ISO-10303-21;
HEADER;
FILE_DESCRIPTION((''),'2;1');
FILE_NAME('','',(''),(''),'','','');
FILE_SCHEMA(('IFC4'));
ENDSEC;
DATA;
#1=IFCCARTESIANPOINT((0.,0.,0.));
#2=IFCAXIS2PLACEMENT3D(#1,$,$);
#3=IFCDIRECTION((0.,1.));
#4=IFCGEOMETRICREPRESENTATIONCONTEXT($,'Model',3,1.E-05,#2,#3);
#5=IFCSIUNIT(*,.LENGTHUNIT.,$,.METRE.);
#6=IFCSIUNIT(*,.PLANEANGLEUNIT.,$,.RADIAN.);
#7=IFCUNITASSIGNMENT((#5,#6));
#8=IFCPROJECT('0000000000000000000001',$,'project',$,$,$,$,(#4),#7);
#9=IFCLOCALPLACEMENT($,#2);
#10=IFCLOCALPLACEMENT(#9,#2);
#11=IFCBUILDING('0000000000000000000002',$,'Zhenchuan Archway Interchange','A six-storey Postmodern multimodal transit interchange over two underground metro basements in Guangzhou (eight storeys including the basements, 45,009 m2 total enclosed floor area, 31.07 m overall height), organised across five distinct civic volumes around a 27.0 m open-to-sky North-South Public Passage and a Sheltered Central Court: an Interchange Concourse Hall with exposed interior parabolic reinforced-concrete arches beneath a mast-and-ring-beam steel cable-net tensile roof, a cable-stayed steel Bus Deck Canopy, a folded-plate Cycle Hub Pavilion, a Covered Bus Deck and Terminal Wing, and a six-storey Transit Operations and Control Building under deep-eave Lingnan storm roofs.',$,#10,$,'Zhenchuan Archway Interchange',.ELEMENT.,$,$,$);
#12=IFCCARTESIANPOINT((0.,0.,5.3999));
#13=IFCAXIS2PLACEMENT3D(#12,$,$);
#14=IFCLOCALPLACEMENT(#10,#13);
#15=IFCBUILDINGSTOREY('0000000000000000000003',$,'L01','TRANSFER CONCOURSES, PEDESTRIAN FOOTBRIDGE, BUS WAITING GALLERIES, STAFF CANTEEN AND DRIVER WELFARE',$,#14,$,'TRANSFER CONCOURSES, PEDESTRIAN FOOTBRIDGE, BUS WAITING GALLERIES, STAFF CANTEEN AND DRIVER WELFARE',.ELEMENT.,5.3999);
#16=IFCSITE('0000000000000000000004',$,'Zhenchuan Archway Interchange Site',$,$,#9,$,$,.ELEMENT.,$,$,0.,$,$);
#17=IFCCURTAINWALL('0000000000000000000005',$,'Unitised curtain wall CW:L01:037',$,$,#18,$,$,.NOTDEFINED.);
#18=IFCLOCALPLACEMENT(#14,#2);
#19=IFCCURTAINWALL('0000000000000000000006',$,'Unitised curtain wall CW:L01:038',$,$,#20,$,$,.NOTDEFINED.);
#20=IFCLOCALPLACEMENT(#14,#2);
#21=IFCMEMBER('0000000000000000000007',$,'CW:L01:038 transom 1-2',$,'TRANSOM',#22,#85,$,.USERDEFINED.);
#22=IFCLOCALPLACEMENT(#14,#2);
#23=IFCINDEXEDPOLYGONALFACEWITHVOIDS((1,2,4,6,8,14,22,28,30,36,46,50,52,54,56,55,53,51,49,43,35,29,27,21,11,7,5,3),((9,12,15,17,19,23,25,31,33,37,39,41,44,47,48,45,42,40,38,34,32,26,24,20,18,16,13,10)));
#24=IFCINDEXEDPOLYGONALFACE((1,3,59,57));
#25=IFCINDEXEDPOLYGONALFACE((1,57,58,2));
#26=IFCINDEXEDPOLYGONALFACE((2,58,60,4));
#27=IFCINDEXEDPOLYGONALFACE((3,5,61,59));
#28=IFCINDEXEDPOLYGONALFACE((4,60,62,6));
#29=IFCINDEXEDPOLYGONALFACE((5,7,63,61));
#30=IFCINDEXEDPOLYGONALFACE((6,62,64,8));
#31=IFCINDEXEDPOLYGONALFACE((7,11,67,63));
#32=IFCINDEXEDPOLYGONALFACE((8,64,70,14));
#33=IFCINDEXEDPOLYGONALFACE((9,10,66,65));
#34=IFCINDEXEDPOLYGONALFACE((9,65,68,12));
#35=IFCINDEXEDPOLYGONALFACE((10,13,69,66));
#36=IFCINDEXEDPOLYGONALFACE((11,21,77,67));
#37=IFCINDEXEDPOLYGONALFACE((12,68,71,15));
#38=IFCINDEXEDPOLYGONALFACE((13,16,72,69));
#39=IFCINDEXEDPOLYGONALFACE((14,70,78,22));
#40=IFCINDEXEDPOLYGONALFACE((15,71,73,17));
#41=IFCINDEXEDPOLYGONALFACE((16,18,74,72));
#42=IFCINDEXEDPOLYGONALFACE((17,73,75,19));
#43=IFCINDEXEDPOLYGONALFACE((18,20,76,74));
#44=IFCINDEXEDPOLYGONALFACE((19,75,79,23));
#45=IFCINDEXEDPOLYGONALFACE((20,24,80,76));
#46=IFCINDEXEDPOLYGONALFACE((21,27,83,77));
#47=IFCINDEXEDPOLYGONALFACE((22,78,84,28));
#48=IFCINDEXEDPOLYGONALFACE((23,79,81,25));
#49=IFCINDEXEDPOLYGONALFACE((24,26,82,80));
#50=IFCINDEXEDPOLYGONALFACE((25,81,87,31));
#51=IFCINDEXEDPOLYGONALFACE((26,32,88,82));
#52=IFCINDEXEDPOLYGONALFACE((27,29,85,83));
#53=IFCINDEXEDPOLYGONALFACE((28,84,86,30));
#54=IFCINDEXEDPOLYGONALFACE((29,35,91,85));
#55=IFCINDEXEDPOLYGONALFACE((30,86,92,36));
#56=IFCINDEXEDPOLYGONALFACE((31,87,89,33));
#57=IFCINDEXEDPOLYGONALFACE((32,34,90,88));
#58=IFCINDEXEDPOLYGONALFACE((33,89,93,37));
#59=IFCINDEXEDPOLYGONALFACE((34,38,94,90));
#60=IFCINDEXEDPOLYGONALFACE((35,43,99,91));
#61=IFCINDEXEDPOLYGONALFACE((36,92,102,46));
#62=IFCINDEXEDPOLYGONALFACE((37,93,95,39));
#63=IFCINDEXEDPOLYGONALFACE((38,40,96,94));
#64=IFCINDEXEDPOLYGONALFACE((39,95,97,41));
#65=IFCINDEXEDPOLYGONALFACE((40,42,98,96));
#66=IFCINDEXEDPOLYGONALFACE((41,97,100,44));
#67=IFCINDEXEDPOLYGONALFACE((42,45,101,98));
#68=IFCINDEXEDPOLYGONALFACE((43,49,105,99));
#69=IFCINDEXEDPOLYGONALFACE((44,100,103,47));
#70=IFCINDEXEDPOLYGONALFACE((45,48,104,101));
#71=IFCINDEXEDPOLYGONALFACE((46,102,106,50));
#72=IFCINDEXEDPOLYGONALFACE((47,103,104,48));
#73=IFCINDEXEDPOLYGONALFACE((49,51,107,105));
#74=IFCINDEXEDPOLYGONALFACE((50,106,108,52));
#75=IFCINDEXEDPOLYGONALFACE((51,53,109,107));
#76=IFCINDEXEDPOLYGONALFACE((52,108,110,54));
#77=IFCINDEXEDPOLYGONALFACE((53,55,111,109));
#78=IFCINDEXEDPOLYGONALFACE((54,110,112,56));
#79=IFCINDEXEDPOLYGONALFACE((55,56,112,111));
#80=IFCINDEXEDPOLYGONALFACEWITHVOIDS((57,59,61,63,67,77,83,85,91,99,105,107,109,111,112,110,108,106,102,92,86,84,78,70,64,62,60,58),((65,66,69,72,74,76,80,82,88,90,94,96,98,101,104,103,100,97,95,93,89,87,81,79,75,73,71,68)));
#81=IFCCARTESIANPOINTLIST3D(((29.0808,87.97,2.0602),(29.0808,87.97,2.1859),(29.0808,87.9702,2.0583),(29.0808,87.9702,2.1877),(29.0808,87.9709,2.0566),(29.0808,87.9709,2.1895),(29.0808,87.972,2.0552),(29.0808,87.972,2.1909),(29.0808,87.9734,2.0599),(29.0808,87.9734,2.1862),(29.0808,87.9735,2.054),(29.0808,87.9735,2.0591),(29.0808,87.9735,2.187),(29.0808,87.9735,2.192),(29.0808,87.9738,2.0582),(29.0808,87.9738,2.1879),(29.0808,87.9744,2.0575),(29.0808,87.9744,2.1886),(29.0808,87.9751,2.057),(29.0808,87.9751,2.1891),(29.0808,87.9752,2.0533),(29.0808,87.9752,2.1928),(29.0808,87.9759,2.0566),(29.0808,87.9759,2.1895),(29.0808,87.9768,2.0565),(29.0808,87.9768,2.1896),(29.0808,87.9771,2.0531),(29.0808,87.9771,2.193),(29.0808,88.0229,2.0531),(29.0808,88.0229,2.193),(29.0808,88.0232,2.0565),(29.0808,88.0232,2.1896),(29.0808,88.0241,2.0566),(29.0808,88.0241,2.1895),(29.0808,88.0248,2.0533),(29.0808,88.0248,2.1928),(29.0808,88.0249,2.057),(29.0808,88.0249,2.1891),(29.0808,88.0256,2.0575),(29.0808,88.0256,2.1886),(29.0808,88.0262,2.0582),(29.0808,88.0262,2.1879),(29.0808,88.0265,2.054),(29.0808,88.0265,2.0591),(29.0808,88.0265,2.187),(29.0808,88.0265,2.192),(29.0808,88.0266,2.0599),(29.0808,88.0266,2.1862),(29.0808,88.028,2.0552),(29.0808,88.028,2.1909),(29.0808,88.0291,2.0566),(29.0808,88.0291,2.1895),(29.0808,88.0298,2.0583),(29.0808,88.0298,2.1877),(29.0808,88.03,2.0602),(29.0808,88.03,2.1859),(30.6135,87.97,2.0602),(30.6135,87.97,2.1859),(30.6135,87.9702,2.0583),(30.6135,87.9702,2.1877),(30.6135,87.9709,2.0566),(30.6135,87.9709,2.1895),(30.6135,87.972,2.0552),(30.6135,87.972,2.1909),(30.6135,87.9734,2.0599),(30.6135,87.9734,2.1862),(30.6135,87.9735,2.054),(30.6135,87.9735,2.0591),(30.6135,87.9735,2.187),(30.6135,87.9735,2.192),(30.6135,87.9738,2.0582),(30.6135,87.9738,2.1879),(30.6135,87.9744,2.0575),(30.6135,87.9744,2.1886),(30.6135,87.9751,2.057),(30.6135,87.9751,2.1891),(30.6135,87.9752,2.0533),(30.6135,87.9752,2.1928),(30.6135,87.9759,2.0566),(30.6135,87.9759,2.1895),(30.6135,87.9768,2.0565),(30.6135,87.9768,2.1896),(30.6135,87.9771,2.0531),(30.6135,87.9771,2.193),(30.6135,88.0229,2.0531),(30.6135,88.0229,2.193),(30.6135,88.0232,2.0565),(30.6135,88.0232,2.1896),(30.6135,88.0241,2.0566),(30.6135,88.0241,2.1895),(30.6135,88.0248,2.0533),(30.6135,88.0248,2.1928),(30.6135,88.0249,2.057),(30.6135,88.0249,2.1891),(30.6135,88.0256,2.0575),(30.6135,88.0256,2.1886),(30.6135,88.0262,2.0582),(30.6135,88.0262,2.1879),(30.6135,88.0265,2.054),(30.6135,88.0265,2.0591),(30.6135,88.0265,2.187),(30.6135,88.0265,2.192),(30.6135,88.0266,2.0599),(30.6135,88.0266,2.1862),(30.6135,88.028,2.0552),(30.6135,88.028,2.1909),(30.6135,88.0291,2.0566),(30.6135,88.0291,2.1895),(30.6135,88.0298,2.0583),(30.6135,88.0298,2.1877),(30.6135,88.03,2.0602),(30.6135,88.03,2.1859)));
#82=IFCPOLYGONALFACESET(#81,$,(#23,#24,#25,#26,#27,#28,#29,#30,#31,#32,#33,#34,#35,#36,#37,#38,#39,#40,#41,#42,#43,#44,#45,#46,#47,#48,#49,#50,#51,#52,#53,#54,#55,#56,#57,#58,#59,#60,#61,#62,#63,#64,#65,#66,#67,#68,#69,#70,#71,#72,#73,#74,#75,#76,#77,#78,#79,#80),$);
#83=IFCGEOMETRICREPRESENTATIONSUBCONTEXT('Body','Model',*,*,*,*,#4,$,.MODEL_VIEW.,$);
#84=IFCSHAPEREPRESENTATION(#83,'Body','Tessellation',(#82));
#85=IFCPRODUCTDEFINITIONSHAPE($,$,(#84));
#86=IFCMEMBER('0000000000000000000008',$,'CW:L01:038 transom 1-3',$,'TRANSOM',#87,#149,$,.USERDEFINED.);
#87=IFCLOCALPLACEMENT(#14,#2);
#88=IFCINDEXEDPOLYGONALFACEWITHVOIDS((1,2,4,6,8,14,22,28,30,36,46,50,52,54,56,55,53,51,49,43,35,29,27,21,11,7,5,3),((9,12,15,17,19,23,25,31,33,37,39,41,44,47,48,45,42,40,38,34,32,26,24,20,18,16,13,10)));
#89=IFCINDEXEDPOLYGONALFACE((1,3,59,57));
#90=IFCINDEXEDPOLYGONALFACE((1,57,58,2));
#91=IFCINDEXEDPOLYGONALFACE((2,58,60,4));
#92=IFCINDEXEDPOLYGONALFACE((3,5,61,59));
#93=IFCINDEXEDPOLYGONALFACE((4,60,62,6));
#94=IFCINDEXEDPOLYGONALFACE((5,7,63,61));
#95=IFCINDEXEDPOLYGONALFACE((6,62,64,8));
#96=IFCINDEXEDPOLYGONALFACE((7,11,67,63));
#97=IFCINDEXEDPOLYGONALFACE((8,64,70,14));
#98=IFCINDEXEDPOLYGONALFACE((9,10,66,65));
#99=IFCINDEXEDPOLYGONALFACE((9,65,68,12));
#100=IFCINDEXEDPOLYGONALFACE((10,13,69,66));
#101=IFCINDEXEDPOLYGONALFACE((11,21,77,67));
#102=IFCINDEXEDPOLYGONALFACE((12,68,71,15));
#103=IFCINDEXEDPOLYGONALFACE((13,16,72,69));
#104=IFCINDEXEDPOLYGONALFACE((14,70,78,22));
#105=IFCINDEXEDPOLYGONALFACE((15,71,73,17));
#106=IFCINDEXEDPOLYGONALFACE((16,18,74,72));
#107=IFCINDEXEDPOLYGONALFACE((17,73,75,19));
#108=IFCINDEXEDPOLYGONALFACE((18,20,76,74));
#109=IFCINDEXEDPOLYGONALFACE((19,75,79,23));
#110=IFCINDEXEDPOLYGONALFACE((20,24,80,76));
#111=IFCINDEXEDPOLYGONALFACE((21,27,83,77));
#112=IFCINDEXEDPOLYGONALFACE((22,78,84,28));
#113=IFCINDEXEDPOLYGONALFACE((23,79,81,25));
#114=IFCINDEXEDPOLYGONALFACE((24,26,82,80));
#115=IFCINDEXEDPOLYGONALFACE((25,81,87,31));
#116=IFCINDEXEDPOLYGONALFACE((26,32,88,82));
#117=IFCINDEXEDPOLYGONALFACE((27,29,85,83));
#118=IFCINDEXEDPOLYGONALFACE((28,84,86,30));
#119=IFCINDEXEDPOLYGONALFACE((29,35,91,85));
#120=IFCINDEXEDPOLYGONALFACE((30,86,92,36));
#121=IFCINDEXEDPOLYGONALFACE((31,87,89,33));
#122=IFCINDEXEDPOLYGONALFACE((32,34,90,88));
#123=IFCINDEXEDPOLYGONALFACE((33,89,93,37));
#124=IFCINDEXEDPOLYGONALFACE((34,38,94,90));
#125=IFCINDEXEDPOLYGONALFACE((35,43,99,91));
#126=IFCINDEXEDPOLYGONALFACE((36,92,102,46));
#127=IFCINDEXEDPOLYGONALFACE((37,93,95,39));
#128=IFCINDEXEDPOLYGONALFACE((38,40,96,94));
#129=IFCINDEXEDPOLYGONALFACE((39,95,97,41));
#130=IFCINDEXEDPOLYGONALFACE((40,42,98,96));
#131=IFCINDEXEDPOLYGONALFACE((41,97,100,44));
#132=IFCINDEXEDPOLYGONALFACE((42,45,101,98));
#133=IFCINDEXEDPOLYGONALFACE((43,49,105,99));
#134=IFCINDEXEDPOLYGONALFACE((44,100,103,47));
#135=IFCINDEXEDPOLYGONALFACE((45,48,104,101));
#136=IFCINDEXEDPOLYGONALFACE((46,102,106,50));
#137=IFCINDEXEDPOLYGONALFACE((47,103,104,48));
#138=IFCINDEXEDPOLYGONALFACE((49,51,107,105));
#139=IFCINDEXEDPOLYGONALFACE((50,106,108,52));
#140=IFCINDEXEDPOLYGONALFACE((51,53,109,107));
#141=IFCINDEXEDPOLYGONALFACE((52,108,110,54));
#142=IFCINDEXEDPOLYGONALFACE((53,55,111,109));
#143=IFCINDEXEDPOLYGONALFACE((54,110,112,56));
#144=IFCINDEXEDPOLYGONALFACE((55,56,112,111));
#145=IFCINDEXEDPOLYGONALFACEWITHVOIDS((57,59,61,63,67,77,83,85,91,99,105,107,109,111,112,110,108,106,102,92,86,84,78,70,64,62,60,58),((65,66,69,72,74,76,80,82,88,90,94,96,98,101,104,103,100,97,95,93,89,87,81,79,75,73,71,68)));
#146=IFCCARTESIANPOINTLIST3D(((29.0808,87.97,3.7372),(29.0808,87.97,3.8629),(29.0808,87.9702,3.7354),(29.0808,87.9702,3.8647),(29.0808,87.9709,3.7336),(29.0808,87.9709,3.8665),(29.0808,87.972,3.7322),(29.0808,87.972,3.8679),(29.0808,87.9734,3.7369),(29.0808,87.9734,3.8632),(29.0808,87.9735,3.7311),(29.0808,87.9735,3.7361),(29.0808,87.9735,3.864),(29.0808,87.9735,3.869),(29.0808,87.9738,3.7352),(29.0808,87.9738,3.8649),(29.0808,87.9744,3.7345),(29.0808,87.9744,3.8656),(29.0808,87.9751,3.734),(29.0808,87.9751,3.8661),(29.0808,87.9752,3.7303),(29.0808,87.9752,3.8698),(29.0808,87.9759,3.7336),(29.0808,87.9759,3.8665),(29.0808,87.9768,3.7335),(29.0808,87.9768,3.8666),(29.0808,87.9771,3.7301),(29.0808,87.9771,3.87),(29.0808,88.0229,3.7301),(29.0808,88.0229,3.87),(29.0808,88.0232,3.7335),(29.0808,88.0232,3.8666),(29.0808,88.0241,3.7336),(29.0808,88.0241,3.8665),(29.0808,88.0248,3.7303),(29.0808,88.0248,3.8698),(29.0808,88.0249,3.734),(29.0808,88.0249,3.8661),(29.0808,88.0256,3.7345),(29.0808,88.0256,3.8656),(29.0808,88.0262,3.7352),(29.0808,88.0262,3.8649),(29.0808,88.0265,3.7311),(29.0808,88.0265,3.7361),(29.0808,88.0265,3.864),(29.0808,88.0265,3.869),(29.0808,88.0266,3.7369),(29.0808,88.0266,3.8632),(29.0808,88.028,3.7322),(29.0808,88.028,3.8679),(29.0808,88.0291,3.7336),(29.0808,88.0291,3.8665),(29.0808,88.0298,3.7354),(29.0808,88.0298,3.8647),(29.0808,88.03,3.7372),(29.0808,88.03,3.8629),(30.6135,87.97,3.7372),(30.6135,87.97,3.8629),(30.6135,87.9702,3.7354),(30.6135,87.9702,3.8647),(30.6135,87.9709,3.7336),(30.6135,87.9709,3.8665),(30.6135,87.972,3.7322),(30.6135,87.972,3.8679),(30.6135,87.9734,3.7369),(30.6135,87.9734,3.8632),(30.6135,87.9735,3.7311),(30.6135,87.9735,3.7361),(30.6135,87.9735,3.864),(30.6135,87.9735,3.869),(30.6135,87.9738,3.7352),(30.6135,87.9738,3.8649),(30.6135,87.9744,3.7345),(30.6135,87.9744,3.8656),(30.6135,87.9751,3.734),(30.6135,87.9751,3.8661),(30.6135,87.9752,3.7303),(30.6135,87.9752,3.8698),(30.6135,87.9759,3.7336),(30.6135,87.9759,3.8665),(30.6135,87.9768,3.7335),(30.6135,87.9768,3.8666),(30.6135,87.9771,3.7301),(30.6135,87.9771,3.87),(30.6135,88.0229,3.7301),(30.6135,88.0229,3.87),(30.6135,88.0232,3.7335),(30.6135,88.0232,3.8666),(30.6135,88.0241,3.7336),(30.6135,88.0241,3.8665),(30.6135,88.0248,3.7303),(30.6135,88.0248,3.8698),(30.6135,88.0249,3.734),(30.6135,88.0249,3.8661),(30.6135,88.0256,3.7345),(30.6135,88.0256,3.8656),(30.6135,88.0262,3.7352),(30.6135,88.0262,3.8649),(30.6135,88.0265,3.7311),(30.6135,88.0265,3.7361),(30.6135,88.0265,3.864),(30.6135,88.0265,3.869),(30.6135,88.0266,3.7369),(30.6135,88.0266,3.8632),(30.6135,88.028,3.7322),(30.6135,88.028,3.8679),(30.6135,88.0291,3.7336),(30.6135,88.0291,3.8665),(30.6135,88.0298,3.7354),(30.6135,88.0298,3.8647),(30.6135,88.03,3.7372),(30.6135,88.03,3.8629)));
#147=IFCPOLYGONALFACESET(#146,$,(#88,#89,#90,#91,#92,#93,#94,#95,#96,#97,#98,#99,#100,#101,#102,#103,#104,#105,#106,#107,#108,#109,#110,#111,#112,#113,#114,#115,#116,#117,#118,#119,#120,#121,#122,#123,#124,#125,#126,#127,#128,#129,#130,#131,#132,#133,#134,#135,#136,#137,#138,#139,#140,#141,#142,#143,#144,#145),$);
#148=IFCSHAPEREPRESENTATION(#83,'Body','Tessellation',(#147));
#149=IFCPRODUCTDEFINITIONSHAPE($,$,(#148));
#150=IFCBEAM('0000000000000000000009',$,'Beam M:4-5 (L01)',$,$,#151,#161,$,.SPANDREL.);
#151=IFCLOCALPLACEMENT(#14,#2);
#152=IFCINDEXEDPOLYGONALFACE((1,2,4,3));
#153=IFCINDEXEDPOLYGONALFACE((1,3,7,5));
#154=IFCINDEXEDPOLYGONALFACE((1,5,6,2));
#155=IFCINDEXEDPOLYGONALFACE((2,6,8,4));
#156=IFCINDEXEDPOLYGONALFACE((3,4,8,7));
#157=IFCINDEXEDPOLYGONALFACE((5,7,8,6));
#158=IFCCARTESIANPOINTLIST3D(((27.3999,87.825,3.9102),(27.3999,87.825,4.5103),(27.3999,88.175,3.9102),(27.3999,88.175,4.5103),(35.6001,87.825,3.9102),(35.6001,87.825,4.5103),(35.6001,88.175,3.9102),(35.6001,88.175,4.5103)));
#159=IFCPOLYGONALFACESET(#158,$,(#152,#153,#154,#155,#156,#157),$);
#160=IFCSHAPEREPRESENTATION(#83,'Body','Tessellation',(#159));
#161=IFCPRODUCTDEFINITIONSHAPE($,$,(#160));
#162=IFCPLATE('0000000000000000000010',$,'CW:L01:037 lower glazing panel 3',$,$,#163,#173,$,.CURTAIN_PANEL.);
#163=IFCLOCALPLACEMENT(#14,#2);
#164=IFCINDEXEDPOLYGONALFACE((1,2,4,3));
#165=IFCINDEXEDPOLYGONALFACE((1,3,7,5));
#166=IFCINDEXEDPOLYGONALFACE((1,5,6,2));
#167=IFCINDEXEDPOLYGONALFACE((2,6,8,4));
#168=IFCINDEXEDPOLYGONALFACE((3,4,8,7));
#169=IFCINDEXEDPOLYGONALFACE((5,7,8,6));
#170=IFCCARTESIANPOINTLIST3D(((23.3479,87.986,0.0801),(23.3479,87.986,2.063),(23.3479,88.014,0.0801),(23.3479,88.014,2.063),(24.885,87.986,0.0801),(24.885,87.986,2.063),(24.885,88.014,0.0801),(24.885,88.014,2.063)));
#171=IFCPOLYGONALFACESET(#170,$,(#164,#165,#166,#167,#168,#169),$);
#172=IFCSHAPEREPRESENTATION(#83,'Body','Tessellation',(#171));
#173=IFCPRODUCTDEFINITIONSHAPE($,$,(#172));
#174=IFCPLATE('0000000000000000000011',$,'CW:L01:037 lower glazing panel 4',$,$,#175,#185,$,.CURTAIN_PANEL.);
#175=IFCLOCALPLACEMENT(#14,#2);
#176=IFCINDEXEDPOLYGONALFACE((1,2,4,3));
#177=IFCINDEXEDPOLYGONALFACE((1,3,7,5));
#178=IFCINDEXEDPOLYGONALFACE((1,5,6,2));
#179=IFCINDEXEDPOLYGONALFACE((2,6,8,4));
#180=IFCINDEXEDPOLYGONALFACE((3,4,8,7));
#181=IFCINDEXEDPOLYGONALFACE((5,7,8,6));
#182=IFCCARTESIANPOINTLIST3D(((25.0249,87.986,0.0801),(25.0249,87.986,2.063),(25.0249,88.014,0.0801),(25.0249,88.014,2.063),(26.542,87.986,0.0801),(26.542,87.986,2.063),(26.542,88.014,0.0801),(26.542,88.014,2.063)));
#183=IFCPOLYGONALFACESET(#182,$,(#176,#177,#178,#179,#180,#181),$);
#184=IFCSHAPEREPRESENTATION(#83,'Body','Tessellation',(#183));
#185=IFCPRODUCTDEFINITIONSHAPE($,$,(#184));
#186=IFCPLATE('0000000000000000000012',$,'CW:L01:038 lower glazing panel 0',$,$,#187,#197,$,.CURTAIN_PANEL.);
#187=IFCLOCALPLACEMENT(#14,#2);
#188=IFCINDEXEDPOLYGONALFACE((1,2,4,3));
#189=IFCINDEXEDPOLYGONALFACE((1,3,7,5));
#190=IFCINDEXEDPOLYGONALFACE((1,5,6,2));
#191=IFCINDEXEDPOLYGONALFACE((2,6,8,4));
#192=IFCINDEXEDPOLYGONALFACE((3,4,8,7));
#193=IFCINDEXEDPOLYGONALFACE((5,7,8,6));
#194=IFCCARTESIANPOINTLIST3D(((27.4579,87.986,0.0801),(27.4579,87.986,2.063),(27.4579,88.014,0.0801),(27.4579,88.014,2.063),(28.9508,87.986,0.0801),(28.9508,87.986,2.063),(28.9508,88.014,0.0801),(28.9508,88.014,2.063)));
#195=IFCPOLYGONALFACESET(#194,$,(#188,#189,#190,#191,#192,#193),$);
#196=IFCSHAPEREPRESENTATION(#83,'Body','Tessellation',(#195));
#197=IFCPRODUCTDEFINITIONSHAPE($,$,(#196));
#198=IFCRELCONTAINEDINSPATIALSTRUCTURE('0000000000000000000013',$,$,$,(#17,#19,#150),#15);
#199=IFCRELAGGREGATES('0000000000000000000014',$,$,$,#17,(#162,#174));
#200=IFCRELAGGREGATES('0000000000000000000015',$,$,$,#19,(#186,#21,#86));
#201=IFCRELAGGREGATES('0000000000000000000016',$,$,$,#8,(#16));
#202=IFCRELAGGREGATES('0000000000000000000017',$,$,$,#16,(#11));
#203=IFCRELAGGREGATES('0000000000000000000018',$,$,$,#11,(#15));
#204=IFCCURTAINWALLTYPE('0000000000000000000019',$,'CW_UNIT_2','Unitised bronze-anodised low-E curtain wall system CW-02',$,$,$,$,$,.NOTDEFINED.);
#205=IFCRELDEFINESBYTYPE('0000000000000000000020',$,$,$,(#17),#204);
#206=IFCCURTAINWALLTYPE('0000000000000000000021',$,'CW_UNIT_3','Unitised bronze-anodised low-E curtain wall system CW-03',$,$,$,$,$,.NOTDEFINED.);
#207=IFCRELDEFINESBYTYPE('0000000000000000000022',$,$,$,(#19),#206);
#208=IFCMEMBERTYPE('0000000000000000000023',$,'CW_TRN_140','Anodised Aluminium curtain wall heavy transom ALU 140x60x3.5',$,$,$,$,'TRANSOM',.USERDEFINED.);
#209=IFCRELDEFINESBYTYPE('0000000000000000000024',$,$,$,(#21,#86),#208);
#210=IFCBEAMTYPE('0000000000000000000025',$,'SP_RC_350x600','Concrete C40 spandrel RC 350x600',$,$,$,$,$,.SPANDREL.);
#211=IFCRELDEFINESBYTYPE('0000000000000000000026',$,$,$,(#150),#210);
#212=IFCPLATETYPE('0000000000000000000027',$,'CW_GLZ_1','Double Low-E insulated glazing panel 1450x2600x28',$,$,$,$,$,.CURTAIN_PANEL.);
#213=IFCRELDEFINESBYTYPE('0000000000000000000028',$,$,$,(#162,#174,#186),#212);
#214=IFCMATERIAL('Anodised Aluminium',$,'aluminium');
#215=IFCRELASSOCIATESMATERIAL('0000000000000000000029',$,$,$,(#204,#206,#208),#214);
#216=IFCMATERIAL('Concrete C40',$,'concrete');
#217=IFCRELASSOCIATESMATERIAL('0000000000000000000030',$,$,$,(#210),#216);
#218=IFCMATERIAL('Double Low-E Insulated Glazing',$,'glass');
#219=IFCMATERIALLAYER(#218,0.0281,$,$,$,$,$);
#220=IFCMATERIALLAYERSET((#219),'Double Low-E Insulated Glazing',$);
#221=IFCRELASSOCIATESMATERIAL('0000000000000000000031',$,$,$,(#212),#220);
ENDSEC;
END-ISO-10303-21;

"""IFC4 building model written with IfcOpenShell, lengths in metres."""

from ifc_helpers import new_model, si_unit, direction, frame, origin, origin_2d, place, context, subcontext, project, spatial, rectangle, hollow_rectangle, extrude, material, layer, layer_set, material_profile, profile_set, type_object, element, aggregate, save


model = new_model("IFC4")

# Units and contexts
model_context = context("Model", 3, precision=1e-05, world=origin(), true_north=direction((0.0, 1.0)))
body_context = subcontext(model_context, "Body", "Model", "MODEL_VIEW")
ifc_project = project(units=[si_unit("LENGTHUNIT", "METRE"), si_unit("PLANEANGLEUNIT", "RADIAN")], contexts=[model_context])

# Site, building, storey
site_placement = place(None, origin())
site = spatial("IfcSite", under=ifc_project, at=site_placement, Name="Zhenchuan Archway Interchange Site", CompositionType="ELEMENT", RefElevation=0.0)
building_placement = place(site_placement, origin())
building = spatial("IfcBuilding", under=site, at=building_placement, Name="Zhenchuan Archway Interchange", Description="A six-storey Postmodern multimodal transit interchange over two underground metro basements in Guangzhou (eight storeys including the basements, 45,009 m2 total enclosed floor area, 31.07 m overall height), organised across five distinct civic volumes around a 27.0 m open-to-sky North-South Public Passage and a Sheltered Central Court: an Interchange Concourse Hall with exposed interior parabolic reinforced-concrete arches beneath a mast-and-ring-beam steel cable-net tensile roof, a cable-stayed steel Bus Deck Canopy, a folded-plate Cycle Hub Pavilion, a Covered Bus Deck and Terminal Wing, and a six-storey Transit Operations and Control Building under deep-eave Lingnan storm roofs.", LongName="Zhenchuan Archway Interchange", CompositionType="ELEMENT")
storey_placement = place(building_placement, frame((0.0, 0.0, 5.3999)))
storey = spatial("IfcBuildingStorey", under=building, at=storey_placement, Name="L01", Description="TRANSFER CONCOURSES, PEDESTRIAN FOOTBRIDGE, BUS WAITING GALLERIES, STAFF CANTEEN AND DRIVER WELFARE", LongName="TRANSFER CONCOURSES, PEDESTRIAN FOOTBRIDGE, BUS WAITING GALLERIES, STAFF CANTEEN AND DRIVER WELFARE", CompositionType="ELEMENT", Elevation=5.3999)

# Shared definitions
ifc_material_1 = material(Name="Concrete C40", Category="concrete")

# Curtain walls
ifc_material_2 = material(Name="Anodised Aluminium", Category="aluminium")
curtain_wall_type_1 = type_object("IfcCurtainWallType", Name="CW_UNIT_2", Description="Unitised bronze-anodised low-E curtain wall system CW-02", PredefinedType="NOTDEFINED", material=ifc_material_2)
curtain_wall_1_placement = place(storey_placement, origin())
curtain_wall_1 = element("IfcCurtainWall", 1, at=curtain_wall_1_placement, inside=storey, type_object=curtain_wall_type_1, Name="Unitised curtain wall CW:L01:037", PredefinedType="NOTDEFINED")
curtain_wall_type_2 = type_object("IfcCurtainWallType", Name="CW_UNIT_3", Description="Unitised bronze-anodised low-E curtain wall system CW-03", PredefinedType="NOTDEFINED", material=ifc_material_2)
curtain_wall_2_placement = place(storey_placement, origin())
curtain_wall_2 = element("IfcCurtainWall", 2, at=curtain_wall_2_placement, inside=storey, type_object=curtain_wall_type_2, Name="Unitised curtain wall CW:L01:038", PredefinedType="NOTDEFINED")

# Members
ifc_material_profile_1 = material_profile(ifc_material_2, hollow_rectangle(XDim=0.0601, YDim=0.1399, WallThickness=0.0034, InnerFilletRadius=0.0034, OuterFilletRadius=0.0071, at=origin_2d()), Name="ALU 140x60x3.5")
ifc_profile_set_1 = profile_set([ifc_material_profile_1], Name="Anodised Aluminium")
member_type_1 = type_object("IfcMemberType", Name="CW_TRN_140", Description="Anodised Aluminium curtain wall heavy transom ALU 140x60x3.5", ElementType="TRANSOM", PredefinedType="USERDEFINED", material=ifc_profile_set_1)
member_1_placement = place(storey_placement, frame((29.0808, 88.0, 2.123), z_axis=(1.0, 0.0, 0.0), x_axis=(0.0, 1.0, 0.0)))
member_1 = element("IfcMember", 3, at=member_1_placement, type_object=member_type_1, Name="CW:L01:038 transom 1-2", ObjectType="TRANSOM", PredefinedType="USERDEFINED", context=body_context, shape_type="SweptSolid", body=[
    extrude(hollow_rectangle(XDim=0.0601, YDim=0.1399, WallThickness=0.0034, InnerFilletRadius=0.0034, OuterFilletRadius=0.0071, at=origin_2d()), origin(), (0.0, 0.0, 1.0), 1.5327),
])
member_2_placement = place(storey_placement, frame((29.0808, 88.0, 3.8), z_axis=(1.0, 0.0, 0.0), x_axis=(0.0, 1.0, 0.0)))
member_2 = element("IfcMember", 4, at=member_2_placement, type_object=member_type_1, Name="CW:L01:038 transom 1-3", ObjectType="TRANSOM", PredefinedType="USERDEFINED", context=body_context, shape_type="SweptSolid", body=[
    extrude(hollow_rectangle(XDim=0.0601, YDim=0.1399, WallThickness=0.0034, InnerFilletRadius=0.0034, OuterFilletRadius=0.0071, at=origin_2d()), origin(), (0.0, 0.0, 1.0), 1.5327),
])

# Beam
ifc_material_profile_2 = material_profile(ifc_material_1, rectangle(XDim=0.3501, YDim=0.6001, at=origin_2d()), Name="RC 350x600")
ifc_profile_set_2 = profile_set([ifc_material_profile_2], Name="Concrete C40")
beam_type_1 = type_object("IfcBeamType", Name="SP_RC_350x600", Description="Concrete C40 spandrel RC 350x600", PredefinedType="SPANDREL", material=ifc_profile_set_2)
beam_1_placement = place(storey_placement, frame((27.3999, 88.0, 4.2102), z_axis=(1.0, 0.0, 0.0), x_axis=(0.0, 1.0, 0.0)))
element("IfcBeam", 5, at=beam_1_placement, inside=storey, type_object=beam_type_1, Name="Beam M:4-5 (L01)", PredefinedType="SPANDREL", context=body_context, shape_type="SweptSolid", body=[
    extrude(rectangle(XDim=0.3501, YDim=0.6001, at=origin_2d()), origin(), (0.0, 0.0, 1.0), 8.2002),
])

# Plates
ifc_material_3 = material(Name="Double Low-E Insulated Glazing", Category="glass")
ifc_layer_1 = layer(ifc_material_3, 0.0281)
ifc_layer_set_1 = layer_set([ifc_layer_1], Name="Double Low-E Insulated Glazing")
plate_type_1 = type_object("IfcPlateType", Name="CW_GLZ_1", Description="Double Low-E insulated glazing panel 1450x2600x28", PredefinedType="CURTAIN_PANEL", material=ifc_layer_set_1)
plate_1_placement = place(storey_placement, frame((24.1165, 88.0, 0.0801), z_axis=(0.0, 0.0, 1.0), x_axis=(1.0, 0.0, 0.0)))
plate_1 = element("IfcPlate", 6, at=plate_1_placement, type_object=plate_type_1, Name="CW:L01:037 lower glazing panel 3", PredefinedType="CURTAIN_PANEL", context=body_context, shape_type="SweptSolid", body=[
    extrude(rectangle(XDim=1.5371, YDim=0.0281, at=origin_2d()), origin(), (0.0, 0.0, 1.0), 1.9829),
])
plate_2_placement = place(storey_placement, frame((25.7834, 88.0, 0.0801), z_axis=(0.0, 0.0, 1.0), x_axis=(1.0, 0.0, 0.0)))
plate_2 = element("IfcPlate", 7, at=plate_2_placement, type_object=plate_type_1, Name="CW:L01:037 lower glazing panel 4", PredefinedType="CURTAIN_PANEL", context=body_context, shape_type="SweptSolid", body=[
    extrude(rectangle(XDim=1.5171, YDim=0.0281, at=origin_2d()), origin(), (0.0, 0.0, 1.0), 1.9829),
])
plate_3_placement = place(storey_placement, frame((28.2043, 88.0, 0.0801), z_axis=(0.0, 0.0, 1.0), x_axis=(1.0, 0.0, 0.0)))
plate_3 = element("IfcPlate", 8, at=plate_3_placement, type_object=plate_type_1, Name="CW:L01:038 lower glazing panel 0", PredefinedType="CURTAIN_PANEL", context=body_context, shape_type="SweptSolid", body=[
    extrude(rectangle(XDim=1.4929, YDim=0.0281, at=origin_2d()), origin(), (0.0, 0.0, 1.0), 1.9829),
])
aggregate(curtain_wall_1, [plate_1, plate_2])
aggregate(curtain_wall_2, [plate_3, member_1, member_2])

save(model, "model.ifc")
